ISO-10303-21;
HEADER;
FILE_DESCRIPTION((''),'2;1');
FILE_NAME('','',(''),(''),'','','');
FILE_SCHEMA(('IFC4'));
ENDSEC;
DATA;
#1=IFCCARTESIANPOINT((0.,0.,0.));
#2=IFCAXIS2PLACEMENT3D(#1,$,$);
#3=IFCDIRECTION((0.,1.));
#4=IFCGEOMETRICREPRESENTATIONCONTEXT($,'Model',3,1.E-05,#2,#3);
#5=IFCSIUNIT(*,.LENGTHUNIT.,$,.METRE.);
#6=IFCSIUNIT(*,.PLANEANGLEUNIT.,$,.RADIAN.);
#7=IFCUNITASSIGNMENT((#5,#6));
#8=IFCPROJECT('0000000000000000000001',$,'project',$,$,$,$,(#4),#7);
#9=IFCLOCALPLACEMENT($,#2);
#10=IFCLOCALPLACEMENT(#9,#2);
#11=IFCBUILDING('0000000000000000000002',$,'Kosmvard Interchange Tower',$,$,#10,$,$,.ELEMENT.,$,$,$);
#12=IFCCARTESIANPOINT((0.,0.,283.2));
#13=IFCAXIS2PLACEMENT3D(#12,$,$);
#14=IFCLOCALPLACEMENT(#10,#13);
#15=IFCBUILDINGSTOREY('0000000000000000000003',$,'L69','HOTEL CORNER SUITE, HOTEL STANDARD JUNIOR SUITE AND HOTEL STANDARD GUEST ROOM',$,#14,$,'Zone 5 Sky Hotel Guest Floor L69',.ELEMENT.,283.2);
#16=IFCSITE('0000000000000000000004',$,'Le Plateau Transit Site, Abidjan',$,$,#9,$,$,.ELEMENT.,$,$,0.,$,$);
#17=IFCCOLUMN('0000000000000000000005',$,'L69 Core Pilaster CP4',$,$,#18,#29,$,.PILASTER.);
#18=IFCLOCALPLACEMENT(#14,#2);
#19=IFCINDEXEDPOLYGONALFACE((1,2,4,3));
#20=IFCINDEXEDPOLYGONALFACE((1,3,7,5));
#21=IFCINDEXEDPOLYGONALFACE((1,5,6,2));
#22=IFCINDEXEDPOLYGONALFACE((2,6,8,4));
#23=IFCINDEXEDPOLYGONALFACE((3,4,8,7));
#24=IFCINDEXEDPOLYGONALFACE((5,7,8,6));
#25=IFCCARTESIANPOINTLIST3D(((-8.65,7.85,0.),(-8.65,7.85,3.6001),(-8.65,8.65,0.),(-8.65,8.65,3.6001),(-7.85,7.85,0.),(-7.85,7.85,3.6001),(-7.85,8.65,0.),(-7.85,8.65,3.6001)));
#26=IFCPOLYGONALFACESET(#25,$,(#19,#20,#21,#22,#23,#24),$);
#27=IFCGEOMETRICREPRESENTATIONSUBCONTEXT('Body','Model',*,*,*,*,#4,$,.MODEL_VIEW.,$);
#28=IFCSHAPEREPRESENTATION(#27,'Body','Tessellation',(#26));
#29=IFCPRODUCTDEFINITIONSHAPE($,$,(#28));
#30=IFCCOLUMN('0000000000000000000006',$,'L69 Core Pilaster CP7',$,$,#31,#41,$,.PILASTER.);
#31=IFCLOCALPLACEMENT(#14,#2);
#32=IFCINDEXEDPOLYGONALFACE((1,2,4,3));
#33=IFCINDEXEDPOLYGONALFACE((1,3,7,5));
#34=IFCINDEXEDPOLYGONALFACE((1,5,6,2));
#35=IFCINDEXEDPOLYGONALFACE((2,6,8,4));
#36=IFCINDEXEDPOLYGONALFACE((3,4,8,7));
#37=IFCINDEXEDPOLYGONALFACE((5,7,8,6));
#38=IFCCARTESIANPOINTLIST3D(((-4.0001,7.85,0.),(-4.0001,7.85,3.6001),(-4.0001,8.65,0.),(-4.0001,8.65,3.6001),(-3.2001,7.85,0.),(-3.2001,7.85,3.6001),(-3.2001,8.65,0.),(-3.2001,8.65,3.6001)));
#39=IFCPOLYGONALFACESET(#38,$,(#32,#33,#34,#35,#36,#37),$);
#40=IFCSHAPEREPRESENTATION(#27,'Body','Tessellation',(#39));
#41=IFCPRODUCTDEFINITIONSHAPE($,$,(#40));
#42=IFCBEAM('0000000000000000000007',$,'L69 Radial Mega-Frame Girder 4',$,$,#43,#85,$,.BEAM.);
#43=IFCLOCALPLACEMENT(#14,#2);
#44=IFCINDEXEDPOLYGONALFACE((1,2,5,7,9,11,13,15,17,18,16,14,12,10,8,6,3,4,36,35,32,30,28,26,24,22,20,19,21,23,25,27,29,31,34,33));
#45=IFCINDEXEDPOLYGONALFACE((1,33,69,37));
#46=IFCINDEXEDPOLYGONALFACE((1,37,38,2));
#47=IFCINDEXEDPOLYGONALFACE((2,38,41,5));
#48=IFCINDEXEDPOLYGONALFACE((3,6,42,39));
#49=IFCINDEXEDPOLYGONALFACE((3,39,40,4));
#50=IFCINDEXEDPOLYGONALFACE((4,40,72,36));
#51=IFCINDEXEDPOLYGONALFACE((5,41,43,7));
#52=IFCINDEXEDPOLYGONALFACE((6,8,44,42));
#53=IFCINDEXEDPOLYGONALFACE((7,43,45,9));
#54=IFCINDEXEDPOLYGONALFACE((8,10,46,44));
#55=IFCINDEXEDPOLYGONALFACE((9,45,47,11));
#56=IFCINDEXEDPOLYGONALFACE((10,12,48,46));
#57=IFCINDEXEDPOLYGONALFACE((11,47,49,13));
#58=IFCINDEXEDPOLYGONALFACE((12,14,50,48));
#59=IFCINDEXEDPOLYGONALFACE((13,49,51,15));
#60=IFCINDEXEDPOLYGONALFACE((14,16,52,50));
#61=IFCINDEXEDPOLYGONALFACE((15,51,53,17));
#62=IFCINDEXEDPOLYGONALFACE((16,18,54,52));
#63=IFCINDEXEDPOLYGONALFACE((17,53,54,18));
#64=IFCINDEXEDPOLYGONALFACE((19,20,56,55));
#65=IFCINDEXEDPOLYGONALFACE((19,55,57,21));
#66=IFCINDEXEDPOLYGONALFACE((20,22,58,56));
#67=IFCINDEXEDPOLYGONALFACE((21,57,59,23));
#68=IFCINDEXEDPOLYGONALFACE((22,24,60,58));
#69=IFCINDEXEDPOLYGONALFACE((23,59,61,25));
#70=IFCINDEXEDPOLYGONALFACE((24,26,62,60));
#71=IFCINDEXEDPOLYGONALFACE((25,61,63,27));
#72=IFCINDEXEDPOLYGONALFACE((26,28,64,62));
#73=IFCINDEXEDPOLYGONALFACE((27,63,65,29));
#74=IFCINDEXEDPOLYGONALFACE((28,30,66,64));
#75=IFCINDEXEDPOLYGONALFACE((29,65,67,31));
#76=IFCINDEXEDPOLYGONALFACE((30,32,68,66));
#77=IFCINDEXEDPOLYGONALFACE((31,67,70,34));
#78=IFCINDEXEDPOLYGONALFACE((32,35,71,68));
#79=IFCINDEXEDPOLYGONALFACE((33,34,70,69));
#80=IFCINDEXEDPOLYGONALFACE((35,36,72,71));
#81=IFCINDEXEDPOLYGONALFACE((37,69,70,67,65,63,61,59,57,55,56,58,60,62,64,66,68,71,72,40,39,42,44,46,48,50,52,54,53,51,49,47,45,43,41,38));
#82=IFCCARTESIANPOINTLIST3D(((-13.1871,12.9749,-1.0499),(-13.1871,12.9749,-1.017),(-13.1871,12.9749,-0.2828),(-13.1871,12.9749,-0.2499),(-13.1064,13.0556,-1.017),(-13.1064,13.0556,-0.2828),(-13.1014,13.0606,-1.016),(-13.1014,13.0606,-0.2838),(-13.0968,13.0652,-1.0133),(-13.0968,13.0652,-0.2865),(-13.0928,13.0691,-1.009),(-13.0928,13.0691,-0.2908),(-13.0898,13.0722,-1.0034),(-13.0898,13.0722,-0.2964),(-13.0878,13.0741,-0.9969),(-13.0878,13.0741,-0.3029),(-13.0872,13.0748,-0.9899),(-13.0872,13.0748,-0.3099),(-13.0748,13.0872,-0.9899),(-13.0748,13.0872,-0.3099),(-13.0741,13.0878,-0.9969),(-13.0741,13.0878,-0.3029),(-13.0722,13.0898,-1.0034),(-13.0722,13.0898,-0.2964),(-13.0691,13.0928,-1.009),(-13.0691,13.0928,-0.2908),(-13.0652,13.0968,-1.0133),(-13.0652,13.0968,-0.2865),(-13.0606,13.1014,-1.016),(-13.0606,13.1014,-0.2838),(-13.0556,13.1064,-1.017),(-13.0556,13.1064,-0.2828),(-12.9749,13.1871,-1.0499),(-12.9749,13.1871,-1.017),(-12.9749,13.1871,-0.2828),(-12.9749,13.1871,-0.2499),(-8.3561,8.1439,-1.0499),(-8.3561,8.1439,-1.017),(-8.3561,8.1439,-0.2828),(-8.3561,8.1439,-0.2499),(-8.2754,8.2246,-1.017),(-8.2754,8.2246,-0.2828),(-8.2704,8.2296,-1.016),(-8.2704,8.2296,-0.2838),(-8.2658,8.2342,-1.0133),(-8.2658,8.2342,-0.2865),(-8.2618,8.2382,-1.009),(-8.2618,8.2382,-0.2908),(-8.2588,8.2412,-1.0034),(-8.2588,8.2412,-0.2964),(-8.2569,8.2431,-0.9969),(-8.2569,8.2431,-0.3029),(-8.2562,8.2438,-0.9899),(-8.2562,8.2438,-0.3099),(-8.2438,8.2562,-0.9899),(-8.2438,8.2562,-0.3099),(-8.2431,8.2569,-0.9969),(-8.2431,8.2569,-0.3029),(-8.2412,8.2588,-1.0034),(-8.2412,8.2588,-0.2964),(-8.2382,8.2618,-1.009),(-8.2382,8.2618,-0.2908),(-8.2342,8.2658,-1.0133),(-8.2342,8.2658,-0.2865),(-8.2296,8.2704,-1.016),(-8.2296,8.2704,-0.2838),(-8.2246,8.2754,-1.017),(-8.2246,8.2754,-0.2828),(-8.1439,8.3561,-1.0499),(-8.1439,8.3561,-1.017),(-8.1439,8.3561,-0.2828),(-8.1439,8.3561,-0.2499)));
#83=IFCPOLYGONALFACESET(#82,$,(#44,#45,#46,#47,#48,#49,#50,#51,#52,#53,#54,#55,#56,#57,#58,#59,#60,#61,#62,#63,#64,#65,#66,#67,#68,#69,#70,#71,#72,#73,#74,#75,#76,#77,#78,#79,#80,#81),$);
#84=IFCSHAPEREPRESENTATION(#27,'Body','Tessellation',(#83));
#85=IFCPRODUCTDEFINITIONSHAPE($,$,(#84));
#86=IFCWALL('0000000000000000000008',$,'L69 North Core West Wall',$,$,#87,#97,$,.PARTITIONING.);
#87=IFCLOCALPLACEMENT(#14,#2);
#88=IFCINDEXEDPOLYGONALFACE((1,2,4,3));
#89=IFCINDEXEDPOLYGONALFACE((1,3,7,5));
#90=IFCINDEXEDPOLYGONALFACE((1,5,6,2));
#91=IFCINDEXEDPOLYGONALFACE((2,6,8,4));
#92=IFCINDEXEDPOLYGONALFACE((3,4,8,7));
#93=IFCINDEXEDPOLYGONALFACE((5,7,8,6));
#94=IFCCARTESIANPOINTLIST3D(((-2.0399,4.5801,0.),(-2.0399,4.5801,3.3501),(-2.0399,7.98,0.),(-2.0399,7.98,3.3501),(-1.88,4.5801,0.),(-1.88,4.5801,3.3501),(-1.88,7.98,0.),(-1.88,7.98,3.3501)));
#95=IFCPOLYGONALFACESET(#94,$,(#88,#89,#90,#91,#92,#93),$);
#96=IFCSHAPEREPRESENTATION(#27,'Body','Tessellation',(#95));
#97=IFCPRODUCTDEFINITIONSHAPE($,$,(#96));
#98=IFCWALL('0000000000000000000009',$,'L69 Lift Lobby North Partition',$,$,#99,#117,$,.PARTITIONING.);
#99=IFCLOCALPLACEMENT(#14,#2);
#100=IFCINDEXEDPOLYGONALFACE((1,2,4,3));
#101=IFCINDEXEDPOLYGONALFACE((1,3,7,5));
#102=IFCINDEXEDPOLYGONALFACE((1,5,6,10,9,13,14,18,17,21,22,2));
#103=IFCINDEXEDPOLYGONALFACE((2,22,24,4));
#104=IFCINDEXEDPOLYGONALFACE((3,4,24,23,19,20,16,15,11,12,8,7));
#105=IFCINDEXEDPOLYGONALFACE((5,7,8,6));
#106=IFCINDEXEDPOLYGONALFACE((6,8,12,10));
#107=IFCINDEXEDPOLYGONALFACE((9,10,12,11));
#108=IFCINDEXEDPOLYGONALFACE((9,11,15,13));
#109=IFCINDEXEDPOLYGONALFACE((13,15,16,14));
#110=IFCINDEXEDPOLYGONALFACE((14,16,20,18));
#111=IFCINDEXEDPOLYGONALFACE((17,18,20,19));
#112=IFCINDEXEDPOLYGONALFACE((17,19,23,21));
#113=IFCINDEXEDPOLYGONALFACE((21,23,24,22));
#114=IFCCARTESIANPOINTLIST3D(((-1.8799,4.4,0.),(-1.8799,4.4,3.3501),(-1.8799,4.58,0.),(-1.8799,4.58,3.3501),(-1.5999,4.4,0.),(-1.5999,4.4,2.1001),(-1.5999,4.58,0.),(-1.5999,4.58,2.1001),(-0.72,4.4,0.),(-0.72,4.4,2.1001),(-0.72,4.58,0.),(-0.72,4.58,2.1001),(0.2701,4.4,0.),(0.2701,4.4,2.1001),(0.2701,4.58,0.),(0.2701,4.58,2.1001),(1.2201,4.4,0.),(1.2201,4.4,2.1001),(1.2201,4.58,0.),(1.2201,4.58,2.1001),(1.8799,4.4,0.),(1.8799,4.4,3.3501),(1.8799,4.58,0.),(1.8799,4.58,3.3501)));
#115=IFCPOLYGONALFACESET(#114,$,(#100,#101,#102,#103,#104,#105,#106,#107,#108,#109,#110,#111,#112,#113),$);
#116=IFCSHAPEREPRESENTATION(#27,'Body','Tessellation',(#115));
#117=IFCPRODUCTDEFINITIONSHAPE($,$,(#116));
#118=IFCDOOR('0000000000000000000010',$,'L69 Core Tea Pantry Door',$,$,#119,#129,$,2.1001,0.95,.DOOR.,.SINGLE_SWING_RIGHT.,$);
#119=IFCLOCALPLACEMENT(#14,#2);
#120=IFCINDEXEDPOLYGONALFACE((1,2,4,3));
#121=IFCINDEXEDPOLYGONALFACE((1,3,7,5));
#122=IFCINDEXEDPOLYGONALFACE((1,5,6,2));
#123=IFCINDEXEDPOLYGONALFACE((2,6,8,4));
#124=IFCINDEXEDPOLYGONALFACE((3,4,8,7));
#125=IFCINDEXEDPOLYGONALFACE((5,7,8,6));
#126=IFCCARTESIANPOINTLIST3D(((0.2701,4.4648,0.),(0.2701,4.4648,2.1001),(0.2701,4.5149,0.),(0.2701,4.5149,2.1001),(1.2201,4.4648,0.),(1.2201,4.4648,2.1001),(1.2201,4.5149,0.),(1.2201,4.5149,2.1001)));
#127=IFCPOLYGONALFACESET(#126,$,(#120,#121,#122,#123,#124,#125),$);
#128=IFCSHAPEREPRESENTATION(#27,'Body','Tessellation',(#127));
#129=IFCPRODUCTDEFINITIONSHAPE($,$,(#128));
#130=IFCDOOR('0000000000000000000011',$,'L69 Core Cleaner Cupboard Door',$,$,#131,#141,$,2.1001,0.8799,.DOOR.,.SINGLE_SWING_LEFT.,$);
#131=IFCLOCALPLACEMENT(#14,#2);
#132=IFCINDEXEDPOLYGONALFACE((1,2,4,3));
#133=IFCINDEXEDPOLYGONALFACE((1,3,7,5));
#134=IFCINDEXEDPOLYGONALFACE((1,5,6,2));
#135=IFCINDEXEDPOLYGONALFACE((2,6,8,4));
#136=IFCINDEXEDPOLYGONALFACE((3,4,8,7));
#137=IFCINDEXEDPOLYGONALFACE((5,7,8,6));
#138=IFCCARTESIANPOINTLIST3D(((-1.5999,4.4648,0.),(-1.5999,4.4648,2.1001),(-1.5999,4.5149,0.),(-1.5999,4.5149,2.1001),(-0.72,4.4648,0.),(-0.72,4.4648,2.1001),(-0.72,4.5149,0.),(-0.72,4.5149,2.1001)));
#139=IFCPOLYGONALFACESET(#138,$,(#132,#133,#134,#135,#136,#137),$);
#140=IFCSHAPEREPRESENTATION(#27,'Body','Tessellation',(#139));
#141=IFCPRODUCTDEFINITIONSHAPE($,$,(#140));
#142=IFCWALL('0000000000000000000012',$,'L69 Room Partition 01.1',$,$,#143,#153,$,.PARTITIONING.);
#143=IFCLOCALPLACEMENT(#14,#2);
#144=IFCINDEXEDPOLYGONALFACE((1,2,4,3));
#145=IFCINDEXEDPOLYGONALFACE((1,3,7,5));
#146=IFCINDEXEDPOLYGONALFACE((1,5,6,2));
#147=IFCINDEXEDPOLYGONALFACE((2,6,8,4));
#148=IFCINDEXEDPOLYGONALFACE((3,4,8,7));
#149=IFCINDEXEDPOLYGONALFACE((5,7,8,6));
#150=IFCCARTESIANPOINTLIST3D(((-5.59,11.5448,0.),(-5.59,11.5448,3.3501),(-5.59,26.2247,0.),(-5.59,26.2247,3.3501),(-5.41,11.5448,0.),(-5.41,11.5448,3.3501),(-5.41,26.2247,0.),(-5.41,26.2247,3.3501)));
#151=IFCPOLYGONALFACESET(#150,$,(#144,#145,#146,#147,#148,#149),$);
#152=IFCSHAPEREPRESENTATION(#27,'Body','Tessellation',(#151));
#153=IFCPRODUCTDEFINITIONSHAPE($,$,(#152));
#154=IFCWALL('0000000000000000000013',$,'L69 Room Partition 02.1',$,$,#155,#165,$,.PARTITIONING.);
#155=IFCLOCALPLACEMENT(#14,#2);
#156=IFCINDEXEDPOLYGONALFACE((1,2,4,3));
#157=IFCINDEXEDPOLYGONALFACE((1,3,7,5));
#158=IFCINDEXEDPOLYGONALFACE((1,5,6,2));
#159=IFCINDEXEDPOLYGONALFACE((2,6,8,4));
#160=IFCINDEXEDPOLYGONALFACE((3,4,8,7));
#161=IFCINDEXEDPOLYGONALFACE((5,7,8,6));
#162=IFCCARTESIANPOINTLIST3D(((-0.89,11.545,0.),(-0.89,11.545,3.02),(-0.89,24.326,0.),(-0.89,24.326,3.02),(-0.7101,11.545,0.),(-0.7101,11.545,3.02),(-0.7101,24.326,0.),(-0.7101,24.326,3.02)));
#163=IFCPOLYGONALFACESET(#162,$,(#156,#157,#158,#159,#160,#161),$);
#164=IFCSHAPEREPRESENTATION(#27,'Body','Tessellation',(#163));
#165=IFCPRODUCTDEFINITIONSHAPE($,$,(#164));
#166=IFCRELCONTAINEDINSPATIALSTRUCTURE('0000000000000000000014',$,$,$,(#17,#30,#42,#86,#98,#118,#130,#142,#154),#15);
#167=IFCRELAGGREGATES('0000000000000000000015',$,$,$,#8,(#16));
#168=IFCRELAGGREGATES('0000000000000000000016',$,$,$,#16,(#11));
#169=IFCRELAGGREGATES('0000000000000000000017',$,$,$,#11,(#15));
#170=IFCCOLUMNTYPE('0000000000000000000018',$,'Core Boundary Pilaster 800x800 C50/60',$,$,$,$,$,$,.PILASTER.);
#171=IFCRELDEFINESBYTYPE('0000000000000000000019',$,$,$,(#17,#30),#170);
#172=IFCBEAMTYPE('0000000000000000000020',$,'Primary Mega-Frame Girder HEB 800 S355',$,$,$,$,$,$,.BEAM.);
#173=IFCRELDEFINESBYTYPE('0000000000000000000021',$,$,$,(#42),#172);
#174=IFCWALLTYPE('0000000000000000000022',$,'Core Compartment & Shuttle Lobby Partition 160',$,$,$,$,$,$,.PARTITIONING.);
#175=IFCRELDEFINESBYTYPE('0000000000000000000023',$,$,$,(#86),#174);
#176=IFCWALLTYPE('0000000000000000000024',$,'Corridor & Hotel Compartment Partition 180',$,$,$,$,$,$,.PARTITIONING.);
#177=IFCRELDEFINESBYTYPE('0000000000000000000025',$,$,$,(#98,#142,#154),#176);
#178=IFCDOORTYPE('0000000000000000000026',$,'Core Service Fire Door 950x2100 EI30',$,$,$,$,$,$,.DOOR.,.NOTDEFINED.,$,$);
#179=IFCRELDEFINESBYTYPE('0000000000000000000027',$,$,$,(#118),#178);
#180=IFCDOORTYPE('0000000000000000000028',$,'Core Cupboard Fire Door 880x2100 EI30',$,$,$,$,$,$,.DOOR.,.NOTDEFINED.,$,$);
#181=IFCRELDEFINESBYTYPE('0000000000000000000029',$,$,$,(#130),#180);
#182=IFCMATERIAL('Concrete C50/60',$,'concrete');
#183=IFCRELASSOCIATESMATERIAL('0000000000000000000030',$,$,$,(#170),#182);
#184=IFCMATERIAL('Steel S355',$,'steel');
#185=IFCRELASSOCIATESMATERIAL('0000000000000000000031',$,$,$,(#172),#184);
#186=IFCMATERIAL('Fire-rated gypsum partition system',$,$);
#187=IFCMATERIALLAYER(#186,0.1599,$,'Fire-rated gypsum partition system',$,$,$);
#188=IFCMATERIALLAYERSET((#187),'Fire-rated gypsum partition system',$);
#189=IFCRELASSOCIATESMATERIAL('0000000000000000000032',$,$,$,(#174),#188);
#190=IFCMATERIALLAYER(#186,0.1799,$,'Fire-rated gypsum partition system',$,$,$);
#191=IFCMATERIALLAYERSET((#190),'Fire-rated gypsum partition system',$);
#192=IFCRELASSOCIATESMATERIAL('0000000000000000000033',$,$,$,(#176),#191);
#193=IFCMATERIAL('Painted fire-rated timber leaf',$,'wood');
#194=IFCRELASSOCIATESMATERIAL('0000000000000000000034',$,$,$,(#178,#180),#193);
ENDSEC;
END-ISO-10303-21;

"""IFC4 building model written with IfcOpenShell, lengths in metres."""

from ifc_helpers import new_model, si_unit, direction, frame, frame_2d, origin, origin_2d, place, context, subcontext, project, spatial, rectangle, i_section, extrude, source, transform, mapped, material, layer, layer_set, material_profile, profile_set, type_object, element, fill, save


model = new_model("IFC4")

# Units and contexts
model_context = context("Model", 3, precision=1e-05, world=origin(), true_north=direction((0.0, 1.0)))
body_context = subcontext(model_context, "Body", "Model", "MODEL_VIEW")
ifc_project = project(units=[si_unit("LENGTHUNIT", "METRE"), si_unit("PLANEANGLEUNIT", "RADIAN")], contexts=[model_context])

# Site, building, storey
site_placement = place(None, origin())
site = spatial("IfcSite", under=ifc_project, at=site_placement, Name="Le Plateau Transit Site, Abidjan", CompositionType="ELEMENT", RefElevation=0.0)
building_placement = place(site_placement, origin())
building = spatial("IfcBuilding", under=site, at=building_placement, Name="Kosmvard Interchange Tower", CompositionType="ELEMENT")
storey_placement = place(building_placement, frame((0.0, 0.0, 283.2)))
storey = spatial("IfcBuildingStorey", under=building, at=storey_placement, Name="L69", Description="HOTEL CORNER SUITE, HOTEL STANDARD JUNIOR SUITE AND HOTEL STANDARD GUEST ROOM", LongName="Zone 5 Sky Hotel Guest Floor L69", CompositionType="ELEMENT", Elevation=283.2)

# Columns
ifc_material_1 = material(Name="Concrete C50/60", Category="concrete")
ifc_material_profile_1 = material_profile(ifc_material_1, rectangle(XDim=0.8, YDim=0.8, at=origin_2d()), Name="CP 800x800")
ifc_profile_set_1 = profile_set([ifc_material_profile_1], Name="Concrete C50/60")
column_type = type_object("IfcColumnType", Name="Core Boundary Pilaster 800x800 C50/60", PredefinedType="PILASTER", material=ifc_profile_set_1)
shared_shape_1 = source(origin(), body_context, "Body", "SweptSolid", [
    extrude(rectangle(XDim=0.8, YDim=0.8, at=origin_2d()), origin(), (0.0, 0.0, 1.0), 3.6001),
])
for number, where, z_axis, x_axis, name in (
    (1, (-8.25, 8.25, 0.0), (0.0, 0.0, 1.0), (1.0, 0.0, 0.0), "L69 Core Pilaster CP4"),
    (2, (-3.6001, 8.25, 0.0), (0.0, 0.0, 1.0), (1.0, 0.0, 0.0), "L69 Core Pilaster CP7"),
):
    element("IfcColumn", number, at=place(storey_placement, frame(where, z_axis=z_axis, x_axis=x_axis)), inside=storey, type_object=column_type, Name=name, PredefinedType="PILASTER", context=body_context, shape_type="MappedRepresentation", body=[
        mapped(shared_shape_1, transform((0.0, 0.0, 0.0), scale=1.0)),
    ])

# Beam
ifc_material_2 = material(Name="Steel S355", Category="steel")
ifc_material_profile_2 = material_profile(ifc_material_2, i_section(OverallWidth=0.3, OverallDepth=0.8, WebThickness=0.0176, FlangeThickness=0.033, FilletRadius=0.0271, at=origin_2d()), Name="HEB 800")
ifc_profile_set_2 = profile_set([ifc_material_profile_2], Name="Steel S355")
beam_type = type_object("IfcBeamType", Name="Primary Mega-Frame Girder HEB 800 S355", PredefinedType="BEAM", material=ifc_profile_set_2)
shared_shape_2 = source(origin(), body_context, "Body", "SweptSolid", [
    extrude(i_section(OverallWidth=0.3, OverallDepth=0.8, WebThickness=0.0176, FlangeThickness=0.033, FilletRadius=0.0271, at=origin_2d()), origin(), (0.0, 0.0, 1.0), 6.832),
])
beam_placement = place(storey_placement, frame((-8.25, 8.25, -0.6499), z_axis=(-0.707107, 0.707107, 0.0), x_axis=(-0.707107, -0.707107, 0.0)))
element("IfcBeam", 3, at=beam_placement, inside=storey, type_object=beam_type, Name="L69 Radial Mega-Frame Girder 4", PredefinedType="BEAM", context=body_context, shape_type="MappedRepresentation", body=[
    mapped(shared_shape_2, transform((0.0, 0.0, 0.0), scale=1.0)),
])

# Wall
ifc_material_3 = material(Name="Fire-rated gypsum partition system")
ifc_layer_1 = layer(ifc_material_3, 0.1599, Name="Fire-rated gypsum partition system")
ifc_layer_set_1 = layer_set([ifc_layer_1], Name="Fire-rated gypsum partition system")
wall_type_1 = type_object("IfcWallType", Name="Core Compartment & Shuttle Lobby Partition 160", PredefinedType="PARTITIONING", material=ifc_layer_set_1)
wall_1_placement = place(storey_placement, frame((-1.96, 4.5801, 0.0), z_axis=(0.0, 0.0, 1.0), x_axis=(0.0, 1.0, 0.0)))
element("IfcWall", 4, at=wall_1_placement, inside=storey, type_object=wall_type_1, Name="L69 North Core West Wall", PredefinedType="PARTITIONING", context=body_context, shape_type="SweptSolid", body=[
    extrude(rectangle(XDim=3.3999, YDim=0.1599, at=frame_2d((1.7, 0.0))), origin(), (0.0, 0.0, 1.0), 3.3501),
])

# Wall, openings, doors
ifc_layer_2 = layer(ifc_material_3, 0.1799, Name="Fire-rated gypsum partition system")
ifc_layer_set_2 = layer_set([ifc_layer_2], Name="Fire-rated gypsum partition system")
wall_type_2 = type_object("IfcWallType", Name="Corridor & Hotel Compartment Partition 180", PredefinedType="PARTITIONING", material=ifc_layer_set_2)
wall_2_placement = place(storey_placement, frame((-1.8799, 4.49, 0.0), z_axis=(0.0, 0.0, 1.0), x_axis=(1.0, 0.0, 0.0)))
wall_2 = element("IfcWall", 5, at=wall_2_placement, inside=storey, type_object=wall_type_2, Name="L69 Lift Lobby North Partition", PredefinedType="PARTITIONING", context=body_context, shape_type="SweptSolid", body=[
    extrude(rectangle(XDim=3.7598, YDim=0.1799, at=frame_2d((1.8799, 0.0))), origin(), (0.0, 0.0, 1.0), 3.3501),
])
opening_1_placement = place(wall_2_placement, frame((0.28, 0.0, 0.0)))
opening_1 = element("IfcOpeningElement", 6, at=opening_1_placement, cuts=wall_2, PredefinedType="OPENING", context=body_context, shape_type="SweptSolid", body=[
    extrude(rectangle(XDim=0.8799, YDim=2.1001, at=frame_2d((0.4399, 1.05))), frame((0.0, 0.1001, 0.0), z_axis=(0.0, -1.0, 0.0), x_axis=(1.0, 0.0, 0.0)), (0.0, 0.0, 1.0), 0.2),
])
opening_2_placement = place(wall_2_placement, frame((2.1499, 0.0, 0.0)))
opening_2 = element("IfcOpeningElement", 7, at=opening_2_placement, cuts=wall_2, PredefinedType="OPENING", context=body_context, shape_type="SweptSolid", body=[
    extrude(rectangle(XDim=0.95, YDim=2.1001, at=frame_2d((0.4751, 1.05))), frame((0.0, 0.1001, 0.0), z_axis=(0.0, -1.0, 0.0), x_axis=(1.0, 0.0, 0.0)), (0.0, 0.0, 1.0), 0.2),
])
ifc_material_4 = material(Name="Painted fire-rated timber leaf", Category="wood")
door_type_1 = type_object("IfcDoorType", Name="Core Service Fire Door 950x2100 EI30", OperationType="NOTDEFINED", PredefinedType="DOOR", material=ifc_material_4)
shared_shape_3 = source(origin(), body_context, "Body", "SweptSolid", [
    extrude(rectangle(XDim=0.95, YDim=2.1001, at=frame_2d((0.4751, 1.05))), frame((0.0, 0.0249, 0.0), z_axis=(0.0, -1.0, 0.0), x_axis=(1.0, 0.0, 0.0)), (0.0, 0.0, 1.0), 0.05),
])
door_1_placement = place(opening_2_placement, origin())
door_1 = element("IfcDoor", 8, at=door_1_placement, inside=storey, type_object=door_type_1, Name="L69 Core Tea Pantry Door", OperationType="SINGLE_SWING_RIGHT", OverallHeight=2.1001, OverallWidth=0.95, PredefinedType="DOOR", context=body_context, shape_type="MappedRepresentation", body=[
    mapped(shared_shape_3, transform((0.0, 0.0, 0.0), scale=1.0)),
])
fill(opening_2, door_1)
door_type_2 = type_object("IfcDoorType", Name="Core Cupboard Fire Door 880x2100 EI30", OperationType="NOTDEFINED", PredefinedType="DOOR", material=ifc_material_4)
shared_shape_4 = source(origin(), body_context, "Body", "SweptSolid", [
    extrude(rectangle(XDim=0.8799, YDim=2.1001, at=frame_2d((0.4399, 1.05))), frame((0.0, 0.0249, 0.0), z_axis=(0.0, -1.0, 0.0), x_axis=(1.0, 0.0, 0.0)), (0.0, 0.0, 1.0), 0.05),
])
door_2_placement = place(opening_1_placement, origin())
door_2 = element("IfcDoor", 9, at=door_2_placement, inside=storey, type_object=door_type_2, Name="L69 Core Cleaner Cupboard Door", OperationType="SINGLE_SWING_LEFT", OverallHeight=2.1001, OverallWidth=0.8799, PredefinedType="DOOR", context=body_context, shape_type="MappedRepresentation", body=[
    mapped(shared_shape_4, transform((0.0, 0.0, 0.0), scale=1.0)),
])
fill(opening_1, door_2)

# Walls
wall_3_placement = place(storey_placement, frame((-5.5, 11.5449, 0.0), z_axis=(0.0, 0.0, 1.0), x_axis=(0.0, 1.0, 0.0)))
element("IfcWall", 10, at=wall_3_placement, inside=storey, type_object=wall_type_2, Name="L69 Room Partition 01.1", PredefinedType="PARTITIONING", context=body_context, shape_type="SweptSolid", body=[
    extrude(rectangle(XDim=14.6799, YDim=0.1799, at=frame_2d((7.3398, 0.0))), origin(), (0.0, 0.0, 1.0), 3.3501),
])
wall_4_placement = place(storey_placement, frame((-0.8, 11.5449, 0.0), z_axis=(0.0, 0.0, 1.0), x_axis=(0.0, 1.0, 0.0)))
element("IfcWall", 11, at=wall_4_placement, inside=storey, type_object=wall_type_2, Name="L69 Room Partition 02.1", PredefinedType="PARTITIONING", context=body_context, shape_type="SweptSolid", body=[
    extrude(rectangle(XDim=12.781, YDim=0.1799, at=frame_2d((6.3906, 0.0))), origin(), (0.0, 0.0, 1.0), 3.02),
])

save(model, "model.ifc")
